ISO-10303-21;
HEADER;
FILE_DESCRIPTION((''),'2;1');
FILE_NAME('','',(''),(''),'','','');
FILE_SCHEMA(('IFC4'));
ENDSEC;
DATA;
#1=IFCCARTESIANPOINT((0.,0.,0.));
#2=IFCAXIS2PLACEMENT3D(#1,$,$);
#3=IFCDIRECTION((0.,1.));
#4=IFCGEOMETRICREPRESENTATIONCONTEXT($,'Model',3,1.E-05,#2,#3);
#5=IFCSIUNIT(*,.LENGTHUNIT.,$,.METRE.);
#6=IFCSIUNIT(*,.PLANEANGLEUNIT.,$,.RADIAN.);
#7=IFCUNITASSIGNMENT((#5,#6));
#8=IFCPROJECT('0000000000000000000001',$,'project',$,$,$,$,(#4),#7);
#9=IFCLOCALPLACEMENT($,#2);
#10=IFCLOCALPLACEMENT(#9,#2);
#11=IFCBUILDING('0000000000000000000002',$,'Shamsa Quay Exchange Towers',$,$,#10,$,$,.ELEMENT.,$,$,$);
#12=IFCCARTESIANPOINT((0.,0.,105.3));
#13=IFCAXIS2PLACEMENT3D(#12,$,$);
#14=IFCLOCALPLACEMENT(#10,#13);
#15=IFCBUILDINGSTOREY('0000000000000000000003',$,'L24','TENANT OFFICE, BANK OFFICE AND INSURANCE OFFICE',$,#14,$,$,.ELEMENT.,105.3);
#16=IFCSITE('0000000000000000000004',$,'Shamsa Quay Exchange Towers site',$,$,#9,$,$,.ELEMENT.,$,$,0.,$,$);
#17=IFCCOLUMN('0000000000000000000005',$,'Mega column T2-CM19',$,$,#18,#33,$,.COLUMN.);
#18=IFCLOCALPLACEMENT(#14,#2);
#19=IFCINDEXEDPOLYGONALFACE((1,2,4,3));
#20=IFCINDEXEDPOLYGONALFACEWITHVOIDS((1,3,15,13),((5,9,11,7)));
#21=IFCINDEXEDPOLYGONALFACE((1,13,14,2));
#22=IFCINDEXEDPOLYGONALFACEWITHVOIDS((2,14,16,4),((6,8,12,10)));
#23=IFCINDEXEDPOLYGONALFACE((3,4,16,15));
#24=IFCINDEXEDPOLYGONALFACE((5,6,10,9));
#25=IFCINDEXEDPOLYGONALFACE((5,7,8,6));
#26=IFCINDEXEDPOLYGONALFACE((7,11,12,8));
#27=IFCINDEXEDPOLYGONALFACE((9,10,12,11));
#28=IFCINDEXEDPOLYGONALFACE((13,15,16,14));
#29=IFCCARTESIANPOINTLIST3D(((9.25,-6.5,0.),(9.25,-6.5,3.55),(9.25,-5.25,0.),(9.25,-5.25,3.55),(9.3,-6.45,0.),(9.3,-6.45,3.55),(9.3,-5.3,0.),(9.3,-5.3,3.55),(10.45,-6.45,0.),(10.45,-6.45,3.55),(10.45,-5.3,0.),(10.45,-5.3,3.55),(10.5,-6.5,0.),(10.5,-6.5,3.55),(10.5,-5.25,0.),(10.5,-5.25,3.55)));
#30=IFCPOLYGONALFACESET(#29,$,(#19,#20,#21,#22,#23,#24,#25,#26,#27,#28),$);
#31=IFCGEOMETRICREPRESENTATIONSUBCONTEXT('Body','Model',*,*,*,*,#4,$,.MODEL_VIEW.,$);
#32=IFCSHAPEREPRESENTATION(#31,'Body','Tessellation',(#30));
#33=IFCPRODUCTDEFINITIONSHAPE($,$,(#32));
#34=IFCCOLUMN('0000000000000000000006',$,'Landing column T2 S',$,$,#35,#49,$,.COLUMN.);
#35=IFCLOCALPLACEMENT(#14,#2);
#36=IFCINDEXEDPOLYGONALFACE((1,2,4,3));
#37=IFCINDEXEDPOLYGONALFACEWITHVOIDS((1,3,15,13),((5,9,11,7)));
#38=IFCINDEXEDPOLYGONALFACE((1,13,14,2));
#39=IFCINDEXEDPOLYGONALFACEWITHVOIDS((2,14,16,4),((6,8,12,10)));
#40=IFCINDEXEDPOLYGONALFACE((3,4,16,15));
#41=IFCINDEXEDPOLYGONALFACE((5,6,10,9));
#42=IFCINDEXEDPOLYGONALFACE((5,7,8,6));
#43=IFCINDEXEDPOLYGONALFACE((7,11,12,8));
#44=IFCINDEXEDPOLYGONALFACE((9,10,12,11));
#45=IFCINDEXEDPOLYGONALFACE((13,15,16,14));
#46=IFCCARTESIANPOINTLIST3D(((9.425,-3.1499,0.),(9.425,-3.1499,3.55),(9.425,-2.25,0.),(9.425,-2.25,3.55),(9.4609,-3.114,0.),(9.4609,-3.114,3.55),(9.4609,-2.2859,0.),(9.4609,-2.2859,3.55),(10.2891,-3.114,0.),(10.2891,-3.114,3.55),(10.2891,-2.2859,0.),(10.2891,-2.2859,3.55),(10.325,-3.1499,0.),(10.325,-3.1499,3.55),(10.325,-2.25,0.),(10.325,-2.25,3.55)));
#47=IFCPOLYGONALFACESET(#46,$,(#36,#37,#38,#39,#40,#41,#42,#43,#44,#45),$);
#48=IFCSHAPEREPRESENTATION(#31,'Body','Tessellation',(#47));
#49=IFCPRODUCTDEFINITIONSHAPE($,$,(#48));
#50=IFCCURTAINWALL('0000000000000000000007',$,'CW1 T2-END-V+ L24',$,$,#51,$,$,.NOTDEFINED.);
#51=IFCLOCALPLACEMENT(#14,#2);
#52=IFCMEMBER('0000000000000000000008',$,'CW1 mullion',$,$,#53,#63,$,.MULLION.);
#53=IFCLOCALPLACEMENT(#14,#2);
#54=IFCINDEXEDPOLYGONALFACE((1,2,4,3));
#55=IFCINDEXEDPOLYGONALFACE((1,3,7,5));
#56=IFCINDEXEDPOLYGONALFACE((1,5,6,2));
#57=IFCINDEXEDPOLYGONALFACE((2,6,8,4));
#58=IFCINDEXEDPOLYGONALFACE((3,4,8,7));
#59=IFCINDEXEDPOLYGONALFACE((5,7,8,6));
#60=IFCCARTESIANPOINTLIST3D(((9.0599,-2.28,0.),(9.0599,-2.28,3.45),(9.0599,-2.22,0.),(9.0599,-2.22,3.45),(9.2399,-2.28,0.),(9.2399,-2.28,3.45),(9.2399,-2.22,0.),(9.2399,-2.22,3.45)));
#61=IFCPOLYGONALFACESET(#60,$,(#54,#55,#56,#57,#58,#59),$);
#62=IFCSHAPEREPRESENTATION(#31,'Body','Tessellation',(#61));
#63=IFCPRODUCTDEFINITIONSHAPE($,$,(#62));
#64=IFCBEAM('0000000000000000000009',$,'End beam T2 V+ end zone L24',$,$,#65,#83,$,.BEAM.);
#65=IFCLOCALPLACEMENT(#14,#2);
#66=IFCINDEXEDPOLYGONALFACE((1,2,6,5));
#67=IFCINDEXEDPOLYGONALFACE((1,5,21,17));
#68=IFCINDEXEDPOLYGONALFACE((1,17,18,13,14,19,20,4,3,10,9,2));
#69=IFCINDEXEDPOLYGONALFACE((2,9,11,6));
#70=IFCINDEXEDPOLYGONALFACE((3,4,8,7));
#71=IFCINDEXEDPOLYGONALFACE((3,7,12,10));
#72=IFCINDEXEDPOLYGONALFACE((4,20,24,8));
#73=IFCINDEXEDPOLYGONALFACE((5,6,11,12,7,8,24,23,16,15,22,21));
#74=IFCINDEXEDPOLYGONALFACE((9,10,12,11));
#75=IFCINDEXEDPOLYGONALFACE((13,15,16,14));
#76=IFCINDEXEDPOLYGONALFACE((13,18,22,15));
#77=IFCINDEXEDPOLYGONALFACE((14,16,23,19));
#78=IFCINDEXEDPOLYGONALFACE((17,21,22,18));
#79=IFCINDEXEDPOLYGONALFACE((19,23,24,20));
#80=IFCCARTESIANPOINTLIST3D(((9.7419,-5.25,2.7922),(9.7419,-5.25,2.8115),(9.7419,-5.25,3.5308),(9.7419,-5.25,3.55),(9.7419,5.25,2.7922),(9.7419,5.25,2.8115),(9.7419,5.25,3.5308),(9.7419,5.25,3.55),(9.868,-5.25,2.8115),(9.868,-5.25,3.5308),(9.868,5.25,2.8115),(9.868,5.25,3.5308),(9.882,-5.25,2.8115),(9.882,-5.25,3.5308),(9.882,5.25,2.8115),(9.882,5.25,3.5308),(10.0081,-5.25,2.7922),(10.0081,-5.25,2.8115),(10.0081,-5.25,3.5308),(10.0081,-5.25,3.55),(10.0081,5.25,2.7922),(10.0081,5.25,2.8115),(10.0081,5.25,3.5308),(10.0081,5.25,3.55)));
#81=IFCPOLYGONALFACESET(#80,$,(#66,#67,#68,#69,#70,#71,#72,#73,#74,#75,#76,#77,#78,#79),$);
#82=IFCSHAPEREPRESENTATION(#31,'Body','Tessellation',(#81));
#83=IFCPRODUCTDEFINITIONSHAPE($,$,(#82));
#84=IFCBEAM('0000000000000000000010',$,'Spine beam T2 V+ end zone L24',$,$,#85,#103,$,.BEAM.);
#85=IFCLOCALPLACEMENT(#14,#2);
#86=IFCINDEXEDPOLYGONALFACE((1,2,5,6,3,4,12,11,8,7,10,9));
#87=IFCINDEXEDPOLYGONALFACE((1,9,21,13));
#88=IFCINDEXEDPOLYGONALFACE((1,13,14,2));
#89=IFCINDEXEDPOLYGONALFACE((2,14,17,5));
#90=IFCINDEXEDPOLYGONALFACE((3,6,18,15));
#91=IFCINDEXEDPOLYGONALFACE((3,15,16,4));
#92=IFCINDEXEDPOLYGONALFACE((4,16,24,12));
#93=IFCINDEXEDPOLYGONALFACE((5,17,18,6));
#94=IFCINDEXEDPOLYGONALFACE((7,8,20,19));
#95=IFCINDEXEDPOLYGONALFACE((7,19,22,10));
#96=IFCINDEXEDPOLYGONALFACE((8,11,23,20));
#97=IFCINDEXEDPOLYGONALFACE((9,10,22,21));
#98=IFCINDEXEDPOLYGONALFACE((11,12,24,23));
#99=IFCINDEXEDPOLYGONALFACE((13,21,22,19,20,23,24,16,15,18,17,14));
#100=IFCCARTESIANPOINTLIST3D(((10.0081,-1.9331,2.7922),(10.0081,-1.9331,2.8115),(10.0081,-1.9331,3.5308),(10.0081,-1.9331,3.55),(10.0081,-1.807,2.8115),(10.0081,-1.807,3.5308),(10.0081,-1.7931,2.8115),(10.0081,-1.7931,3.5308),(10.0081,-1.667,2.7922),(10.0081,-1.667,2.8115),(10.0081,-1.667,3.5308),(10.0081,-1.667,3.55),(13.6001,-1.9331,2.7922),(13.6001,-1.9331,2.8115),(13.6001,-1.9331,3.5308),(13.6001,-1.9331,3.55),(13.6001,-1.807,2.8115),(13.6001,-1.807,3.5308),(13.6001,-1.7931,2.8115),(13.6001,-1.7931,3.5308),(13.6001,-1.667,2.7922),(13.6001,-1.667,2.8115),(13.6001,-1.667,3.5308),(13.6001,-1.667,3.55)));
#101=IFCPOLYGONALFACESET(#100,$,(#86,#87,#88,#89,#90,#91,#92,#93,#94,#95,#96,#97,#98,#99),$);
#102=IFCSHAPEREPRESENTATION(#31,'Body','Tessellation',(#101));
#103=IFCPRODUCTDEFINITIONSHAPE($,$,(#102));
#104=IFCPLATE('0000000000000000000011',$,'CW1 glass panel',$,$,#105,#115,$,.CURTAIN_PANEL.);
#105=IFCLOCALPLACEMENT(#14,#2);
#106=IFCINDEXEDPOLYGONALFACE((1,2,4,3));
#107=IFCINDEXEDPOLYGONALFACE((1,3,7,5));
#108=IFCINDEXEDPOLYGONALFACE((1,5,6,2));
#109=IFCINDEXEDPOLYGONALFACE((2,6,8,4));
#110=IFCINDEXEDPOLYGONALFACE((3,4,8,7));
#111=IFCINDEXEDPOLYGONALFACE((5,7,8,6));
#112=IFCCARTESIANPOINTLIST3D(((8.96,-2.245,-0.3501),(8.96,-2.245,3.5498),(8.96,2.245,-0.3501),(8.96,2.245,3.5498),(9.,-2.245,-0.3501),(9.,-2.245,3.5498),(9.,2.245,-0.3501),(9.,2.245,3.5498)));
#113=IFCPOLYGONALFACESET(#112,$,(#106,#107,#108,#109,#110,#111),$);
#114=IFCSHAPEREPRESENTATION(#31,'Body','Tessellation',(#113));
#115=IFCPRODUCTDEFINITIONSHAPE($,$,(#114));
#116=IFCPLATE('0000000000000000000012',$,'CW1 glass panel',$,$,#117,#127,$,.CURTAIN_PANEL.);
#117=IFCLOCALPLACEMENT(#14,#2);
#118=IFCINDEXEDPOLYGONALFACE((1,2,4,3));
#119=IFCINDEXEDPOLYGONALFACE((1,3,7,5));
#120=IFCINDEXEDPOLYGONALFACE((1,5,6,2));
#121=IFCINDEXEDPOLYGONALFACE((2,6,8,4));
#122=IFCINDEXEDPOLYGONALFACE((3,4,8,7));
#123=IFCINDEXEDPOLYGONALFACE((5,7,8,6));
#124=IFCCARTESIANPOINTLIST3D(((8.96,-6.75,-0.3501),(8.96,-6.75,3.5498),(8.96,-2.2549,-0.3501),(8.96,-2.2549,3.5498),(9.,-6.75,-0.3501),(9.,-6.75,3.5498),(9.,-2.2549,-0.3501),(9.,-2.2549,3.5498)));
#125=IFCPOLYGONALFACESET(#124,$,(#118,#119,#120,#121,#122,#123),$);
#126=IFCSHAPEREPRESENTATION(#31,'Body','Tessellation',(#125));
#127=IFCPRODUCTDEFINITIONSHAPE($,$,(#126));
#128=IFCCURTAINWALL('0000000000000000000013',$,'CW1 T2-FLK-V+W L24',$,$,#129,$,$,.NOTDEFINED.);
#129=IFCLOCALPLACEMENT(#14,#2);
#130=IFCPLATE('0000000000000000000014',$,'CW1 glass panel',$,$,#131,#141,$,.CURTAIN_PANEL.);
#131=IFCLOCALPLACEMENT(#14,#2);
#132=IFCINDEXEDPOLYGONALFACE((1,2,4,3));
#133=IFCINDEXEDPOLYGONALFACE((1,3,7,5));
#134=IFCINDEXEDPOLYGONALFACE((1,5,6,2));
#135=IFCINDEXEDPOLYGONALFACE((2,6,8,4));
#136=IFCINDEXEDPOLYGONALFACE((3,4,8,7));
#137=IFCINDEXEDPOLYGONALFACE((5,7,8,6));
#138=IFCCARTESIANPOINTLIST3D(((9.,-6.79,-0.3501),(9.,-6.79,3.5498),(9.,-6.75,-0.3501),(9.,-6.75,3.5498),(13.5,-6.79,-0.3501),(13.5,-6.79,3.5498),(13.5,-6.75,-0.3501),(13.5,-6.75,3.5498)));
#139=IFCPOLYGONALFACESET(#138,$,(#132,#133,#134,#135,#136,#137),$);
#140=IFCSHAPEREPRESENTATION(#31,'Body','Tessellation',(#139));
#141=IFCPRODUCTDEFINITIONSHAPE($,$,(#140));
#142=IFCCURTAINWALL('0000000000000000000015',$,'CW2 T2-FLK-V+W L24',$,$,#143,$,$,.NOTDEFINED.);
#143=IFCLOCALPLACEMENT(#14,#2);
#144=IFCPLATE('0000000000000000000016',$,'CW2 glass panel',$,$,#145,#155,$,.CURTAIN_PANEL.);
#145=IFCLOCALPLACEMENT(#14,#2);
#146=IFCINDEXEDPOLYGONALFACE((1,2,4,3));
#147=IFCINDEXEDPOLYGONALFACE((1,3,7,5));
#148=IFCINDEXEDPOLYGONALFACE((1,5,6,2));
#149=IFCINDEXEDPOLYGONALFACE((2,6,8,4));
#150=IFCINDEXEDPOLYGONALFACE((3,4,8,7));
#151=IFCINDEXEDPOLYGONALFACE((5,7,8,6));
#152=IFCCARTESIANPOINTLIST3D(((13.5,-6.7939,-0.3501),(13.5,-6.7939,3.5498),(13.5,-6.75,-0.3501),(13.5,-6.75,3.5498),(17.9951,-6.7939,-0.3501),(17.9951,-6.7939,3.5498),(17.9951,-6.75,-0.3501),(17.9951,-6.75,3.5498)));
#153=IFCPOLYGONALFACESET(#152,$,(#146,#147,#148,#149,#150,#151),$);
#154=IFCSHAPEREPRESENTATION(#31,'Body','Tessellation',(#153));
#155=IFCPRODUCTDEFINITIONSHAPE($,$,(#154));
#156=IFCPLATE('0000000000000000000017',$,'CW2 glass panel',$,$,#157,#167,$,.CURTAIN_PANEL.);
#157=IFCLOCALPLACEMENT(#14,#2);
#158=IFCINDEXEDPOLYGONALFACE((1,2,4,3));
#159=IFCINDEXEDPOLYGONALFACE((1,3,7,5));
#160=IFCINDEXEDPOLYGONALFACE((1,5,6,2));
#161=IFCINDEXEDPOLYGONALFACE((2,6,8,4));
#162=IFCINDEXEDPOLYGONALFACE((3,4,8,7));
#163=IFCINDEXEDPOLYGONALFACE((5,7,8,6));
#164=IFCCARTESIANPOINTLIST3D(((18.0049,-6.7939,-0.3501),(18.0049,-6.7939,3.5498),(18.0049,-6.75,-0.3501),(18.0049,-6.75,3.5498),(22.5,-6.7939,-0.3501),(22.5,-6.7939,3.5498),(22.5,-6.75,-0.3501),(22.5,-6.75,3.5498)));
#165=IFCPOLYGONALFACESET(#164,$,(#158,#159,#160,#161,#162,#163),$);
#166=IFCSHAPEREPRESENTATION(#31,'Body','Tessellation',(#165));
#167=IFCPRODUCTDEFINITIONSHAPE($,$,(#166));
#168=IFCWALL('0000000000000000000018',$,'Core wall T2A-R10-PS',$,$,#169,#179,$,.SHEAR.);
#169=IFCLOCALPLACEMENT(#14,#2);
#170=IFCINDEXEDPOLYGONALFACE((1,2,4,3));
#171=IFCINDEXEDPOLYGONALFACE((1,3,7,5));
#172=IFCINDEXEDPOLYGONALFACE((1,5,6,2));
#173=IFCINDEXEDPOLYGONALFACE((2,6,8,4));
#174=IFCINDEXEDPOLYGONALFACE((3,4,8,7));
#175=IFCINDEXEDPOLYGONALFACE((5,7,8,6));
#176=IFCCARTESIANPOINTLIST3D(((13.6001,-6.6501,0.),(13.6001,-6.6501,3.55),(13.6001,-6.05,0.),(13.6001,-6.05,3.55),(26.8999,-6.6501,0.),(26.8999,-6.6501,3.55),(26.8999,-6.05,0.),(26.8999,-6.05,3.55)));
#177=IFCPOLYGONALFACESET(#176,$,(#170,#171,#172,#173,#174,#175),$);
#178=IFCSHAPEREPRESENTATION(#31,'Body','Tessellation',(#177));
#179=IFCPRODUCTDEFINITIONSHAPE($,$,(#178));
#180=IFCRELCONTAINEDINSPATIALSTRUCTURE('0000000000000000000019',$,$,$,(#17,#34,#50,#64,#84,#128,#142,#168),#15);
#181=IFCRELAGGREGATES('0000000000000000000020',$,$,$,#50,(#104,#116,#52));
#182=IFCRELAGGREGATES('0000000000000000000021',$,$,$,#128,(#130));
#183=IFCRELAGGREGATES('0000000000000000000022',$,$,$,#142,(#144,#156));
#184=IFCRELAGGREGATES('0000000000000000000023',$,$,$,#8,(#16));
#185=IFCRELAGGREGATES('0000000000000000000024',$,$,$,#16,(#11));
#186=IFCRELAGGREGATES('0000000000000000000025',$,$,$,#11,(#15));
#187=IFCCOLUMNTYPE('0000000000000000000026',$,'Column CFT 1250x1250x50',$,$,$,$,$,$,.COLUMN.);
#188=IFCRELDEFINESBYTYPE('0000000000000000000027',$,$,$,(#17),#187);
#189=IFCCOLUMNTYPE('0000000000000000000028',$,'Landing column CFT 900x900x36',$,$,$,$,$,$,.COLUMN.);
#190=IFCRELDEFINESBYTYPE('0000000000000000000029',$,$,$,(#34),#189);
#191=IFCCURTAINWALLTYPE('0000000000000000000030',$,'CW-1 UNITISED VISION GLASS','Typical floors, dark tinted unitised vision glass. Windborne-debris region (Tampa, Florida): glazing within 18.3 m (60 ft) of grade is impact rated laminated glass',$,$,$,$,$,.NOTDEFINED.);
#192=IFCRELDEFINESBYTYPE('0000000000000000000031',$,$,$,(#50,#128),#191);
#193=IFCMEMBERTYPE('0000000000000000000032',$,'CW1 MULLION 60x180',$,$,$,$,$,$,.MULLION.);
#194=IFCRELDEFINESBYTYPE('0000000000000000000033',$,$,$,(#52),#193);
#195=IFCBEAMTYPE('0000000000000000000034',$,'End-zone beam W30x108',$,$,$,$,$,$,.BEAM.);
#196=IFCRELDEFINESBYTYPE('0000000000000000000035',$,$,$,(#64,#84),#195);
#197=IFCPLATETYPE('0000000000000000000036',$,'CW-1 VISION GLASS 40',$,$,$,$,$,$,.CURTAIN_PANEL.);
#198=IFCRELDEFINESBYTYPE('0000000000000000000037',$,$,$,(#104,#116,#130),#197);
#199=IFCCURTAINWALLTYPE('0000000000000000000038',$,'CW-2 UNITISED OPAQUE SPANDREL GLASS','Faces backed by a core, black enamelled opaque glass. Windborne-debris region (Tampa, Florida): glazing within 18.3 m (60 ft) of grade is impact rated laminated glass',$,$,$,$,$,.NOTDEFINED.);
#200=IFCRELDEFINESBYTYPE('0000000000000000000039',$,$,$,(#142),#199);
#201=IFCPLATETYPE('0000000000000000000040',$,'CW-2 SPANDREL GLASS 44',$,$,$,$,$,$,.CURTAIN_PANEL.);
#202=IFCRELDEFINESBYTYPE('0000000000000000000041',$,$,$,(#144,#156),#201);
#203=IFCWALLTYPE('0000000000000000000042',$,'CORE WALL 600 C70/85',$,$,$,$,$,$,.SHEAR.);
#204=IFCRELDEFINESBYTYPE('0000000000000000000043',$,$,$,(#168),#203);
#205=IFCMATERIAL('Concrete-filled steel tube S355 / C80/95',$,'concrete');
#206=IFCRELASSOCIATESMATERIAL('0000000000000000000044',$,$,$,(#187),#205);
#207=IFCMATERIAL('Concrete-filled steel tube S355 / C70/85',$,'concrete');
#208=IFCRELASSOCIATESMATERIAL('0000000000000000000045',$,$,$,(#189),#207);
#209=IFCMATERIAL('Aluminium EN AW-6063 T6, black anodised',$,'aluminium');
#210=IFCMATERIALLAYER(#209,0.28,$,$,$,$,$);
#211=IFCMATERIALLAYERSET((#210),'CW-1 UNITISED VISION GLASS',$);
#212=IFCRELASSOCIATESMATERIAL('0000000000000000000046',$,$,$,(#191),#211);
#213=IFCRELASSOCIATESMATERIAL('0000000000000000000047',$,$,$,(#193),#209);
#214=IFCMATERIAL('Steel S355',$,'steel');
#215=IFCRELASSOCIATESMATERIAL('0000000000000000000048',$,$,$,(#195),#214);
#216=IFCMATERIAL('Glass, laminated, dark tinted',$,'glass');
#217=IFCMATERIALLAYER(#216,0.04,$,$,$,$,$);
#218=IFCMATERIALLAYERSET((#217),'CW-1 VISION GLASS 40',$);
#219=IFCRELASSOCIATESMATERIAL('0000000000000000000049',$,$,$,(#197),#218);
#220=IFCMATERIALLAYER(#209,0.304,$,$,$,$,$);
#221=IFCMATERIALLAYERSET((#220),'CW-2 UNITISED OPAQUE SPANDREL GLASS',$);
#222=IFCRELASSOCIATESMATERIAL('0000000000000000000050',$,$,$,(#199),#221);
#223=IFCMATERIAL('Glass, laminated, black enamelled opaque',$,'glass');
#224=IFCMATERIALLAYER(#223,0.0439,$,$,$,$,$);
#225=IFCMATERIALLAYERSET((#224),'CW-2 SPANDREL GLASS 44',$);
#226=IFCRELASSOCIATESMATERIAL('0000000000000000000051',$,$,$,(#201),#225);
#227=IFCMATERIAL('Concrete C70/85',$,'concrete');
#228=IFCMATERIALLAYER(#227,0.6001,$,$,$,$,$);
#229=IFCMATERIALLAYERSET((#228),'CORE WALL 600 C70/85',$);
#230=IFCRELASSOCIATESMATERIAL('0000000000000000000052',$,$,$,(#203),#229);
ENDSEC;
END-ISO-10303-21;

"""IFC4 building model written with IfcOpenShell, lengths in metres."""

from ifc_helpers import new_model, si_unit, direction, frame, frame_2d, origin, origin_2d, place, context, subcontext, project, spatial, rectangle, hollow_rectangle, i_section, extrude, material, layer, layer_set, material_profile, profile_set, type_object, element, aggregate, save


model = new_model("IFC4")

# Units and contexts
model_context = context("Model", 3, precision=1e-05, world=origin(), true_north=direction((0.0, 1.0)))
body_context = subcontext(model_context, "Body", "Model", "MODEL_VIEW")
ifc_project = project(units=[si_unit("LENGTHUNIT", "METRE"), si_unit("PLANEANGLEUNIT", "RADIAN")], contexts=[model_context])

# Site, building, storey
site_placement = place(None, origin())
site = spatial("IfcSite", under=ifc_project, at=site_placement, Name="Shamsa Quay Exchange Towers site", CompositionType="ELEMENT", RefElevation=0.0)
building_placement = place(site_placement, origin())
building = spatial("IfcBuilding", under=site, at=building_placement, Name="Shamsa Quay Exchange Towers", CompositionType="ELEMENT")
storey_placement = place(building_placement, frame((0.0, 0.0, 105.3)))
storey = spatial("IfcBuildingStorey", under=building, at=storey_placement, Name="L24", Description="TENANT OFFICE, BANK OFFICE AND INSURANCE OFFICE", CompositionType="ELEMENT", Elevation=105.3)

# Columns
ifc_material_1 = material(Name="Concrete-filled steel tube S355 / C80/95", Category="concrete")
ifc_material_profile_1 = material_profile(ifc_material_1, hollow_rectangle(XDim=1.25, YDim=1.25, WallThickness=0.05, at=origin_2d()), Name="CFT 1250x1250x50")
ifc_profile_set_1 = profile_set([ifc_material_profile_1], Name="Concrete-filled steel tube S355 / C80/95")
column_type_1 = type_object("IfcColumnType", Name="Column CFT 1250x1250x50", PredefinedType="COLUMN", material=ifc_profile_set_1)
column_1_placement = place(storey_placement, frame((9.875, -5.875, 0.0)))
element("IfcColumn", 1, at=column_1_placement, inside=storey, type_object=column_type_1, Name="Mega column T2-CM19", PredefinedType="COLUMN", context=body_context, shape_type="SweptSolid", body=[
    extrude(hollow_rectangle(XDim=1.25, YDim=1.25, WallThickness=0.05, at=origin_2d()), origin(), (0.0, 0.0, 1.0), 3.55),
])
ifc_material_2 = material(Name="Concrete-filled steel tube S355 / C70/85", Category="concrete")
ifc_material_profile_2 = material_profile(ifc_material_2, hollow_rectangle(XDim=0.8999, YDim=0.8999, WallThickness=0.0359, at=origin_2d()), Name="CFT 900x900x36")
ifc_profile_set_2 = profile_set([ifc_material_profile_2], Name="Concrete-filled steel tube S355 / C70/85")
column_type_2 = type_object("IfcColumnType", Name="Landing column CFT 900x900x36", PredefinedType="COLUMN", material=ifc_profile_set_2)
column_2_placement = place(storey_placement, frame((9.875, -2.7, 0.0)))
element("IfcColumn", 2, at=column_2_placement, inside=storey, type_object=column_type_2, Name="Landing column T2 S", PredefinedType="COLUMN", context=body_context, shape_type="SweptSolid", body=[
    extrude(hollow_rectangle(XDim=0.8999, YDim=0.8999, WallThickness=0.0359, at=origin_2d()), origin(), (0.0, 0.0, 1.0), 3.55),
])

# Curtain wall, member
ifc_material_3 = material(Name="Aluminium EN AW-6063 T6, black anodised", Category="aluminium")
ifc_layer_1 = layer(ifc_material_3, 0.28)
ifc_layer_set_1 = layer_set([ifc_layer_1], Name="CW-1 UNITISED VISION GLASS")
curtain_wall_type_1 = type_object("IfcCurtainWallType", Name="CW-1 UNITISED VISION GLASS", Description="Typical floors, dark tinted unitised vision glass. Windborne-debris region (Tampa, Florida): glazing within 18.3 m (60 ft) of grade is impact rated laminated glass", PredefinedType="NOTDEFINED", material=ifc_layer_set_1)
curtain_wall_1_placement = place(storey_placement, origin())
curtain_wall_1 = element("IfcCurtainWall", 3, at=curtain_wall_1_placement, inside=storey, type_object=curtain_wall_type_1, Name="CW1 T2-END-V+ L24", PredefinedType="NOTDEFINED")
ifc_material_profile_3 = material_profile(ifc_material_3, rectangle(XDim=0.1799, YDim=0.0601, at=origin_2d()), Name="MU60x180")
ifc_profile_set_3 = profile_set([ifc_material_profile_3], Name="Aluminium EN AW-6063 T6, black anodised")
member_type = type_object("IfcMemberType", Name="CW1 MULLION 60x180", PredefinedType="MULLION", material=ifc_profile_set_3)
member_placement = place(storey_placement, frame((9.1499, -2.25, 0.0)))
member = element("IfcMember", 4, at=member_placement, type_object=member_type, Name="CW1 mullion", PredefinedType="MULLION", context=body_context, shape_type="SweptSolid", body=[
    extrude(rectangle(XDim=0.1799, YDim=0.0601, at=origin_2d()), origin(), (0.0, 0.0, 1.0), 3.45),
])

# Beams
ifc_material_4 = material(Name="Steel S355", Category="steel")
ifc_material_profile_4 = material_profile(ifc_material_4, i_section(OverallWidth=0.2661, OverallDepth=0.7578, WebThickness=0.0139, FlangeThickness=0.0193, at=origin_2d()), Name="W30x108")
ifc_profile_set_4 = profile_set([ifc_material_profile_4], Name="Steel S355")
beam_type = type_object("IfcBeamType", Name="End-zone beam W30x108", PredefinedType="BEAM", material=ifc_profile_set_4)
beam_1_placement = place(storey_placement, frame((9.875, -5.25, 3.1711), z_axis=(0.0, 1.0, 0.0), x_axis=(-1.0, 0.0, 0.0)))
element("IfcBeam", 5, at=beam_1_placement, inside=storey, type_object=beam_type, Name="End beam T2 V+ end zone L24", PredefinedType="BEAM", context=body_context, shape_type="SweptSolid", body=[
    extrude(i_section(OverallWidth=0.2661, OverallDepth=0.7578, WebThickness=0.0139, FlangeThickness=0.0193, at=origin_2d()), origin(), (0.0, 0.0, 1.0), 10.5),
])
beam_2_placement = place(storey_placement, frame((13.6001, -1.8, 3.1711), z_axis=(-1.0, 0.0, 0.0), x_axis=(0.0, -1.0, 0.0)))
element("IfcBeam", 6, at=beam_2_placement, inside=storey, type_object=beam_type, Name="Spine beam T2 V+ end zone L24", PredefinedType="BEAM", context=body_context, shape_type="SweptSolid", body=[
    extrude(i_section(OverallWidth=0.2661, OverallDepth=0.7578, WebThickness=0.0139, FlangeThickness=0.0193, at=origin_2d()), origin(), (0.0, 0.0, 1.0), 3.592),
])

# Plates
ifc_material_5 = material(Name="Glass, laminated, dark tinted", Category="glass")
ifc_layer_2 = layer(ifc_material_5, 0.04)
ifc_layer_set_2 = layer_set([ifc_layer_2], Name="CW-1 VISION GLASS 40")
plate_type_1 = type_object("IfcPlateType", Name="CW-1 VISION GLASS 40", PredefinedType="CURTAIN_PANEL", material=ifc_layer_set_2)
plate_1_placement = place(storey_placement, frame((8.98, 0.0, -0.3501), z_axis=(0.0, 0.0, 1.0), x_axis=(0.0, -1.0, 0.0)))
plate_1 = element("IfcPlate", 7, at=plate_1_placement, type_object=plate_type_1, Name="CW1 glass panel", PredefinedType="CURTAIN_PANEL", context=body_context, shape_type="SweptSolid", body=[
    extrude(rectangle(XDim=4.49, YDim=0.04, at=origin_2d()), origin(), (0.0, 0.0, 1.0), 3.8999),
])
plate_2_placement = place(storey_placement, frame((8.98, -4.5024, -0.3501), z_axis=(0.0, 0.0, 1.0), x_axis=(0.0, -1.0, 0.0)))
plate_2 = element("IfcPlate", 8, at=plate_2_placement, type_object=plate_type_1, Name="CW1 glass panel", PredefinedType="CURTAIN_PANEL", context=body_context, shape_type="SweptSolid", body=[
    extrude(rectangle(XDim=4.4951, YDim=0.04, at=origin_2d()), origin(), (0.0, 0.0, 1.0), 3.8999),
])
aggregate(curtain_wall_1, [plate_1, plate_2, member])

# Curtain wall, plate
curtain_wall_2_placement = place(storey_placement, origin())
curtain_wall_2 = element("IfcCurtainWall", 9, at=curtain_wall_2_placement, inside=storey, type_object=curtain_wall_type_1, Name="CW1 T2-FLK-V+W L24", PredefinedType="NOTDEFINED")
plate_3_placement = place(storey_placement, frame((11.25, -6.77, -0.3501)))
plate_3 = element("IfcPlate", 10, at=plate_3_placement, type_object=plate_type_1, Name="CW1 glass panel", PredefinedType="CURTAIN_PANEL", context=body_context, shape_type="SweptSolid", body=[
    extrude(rectangle(XDim=4.5, YDim=0.04, at=origin_2d()), origin(), (0.0, 0.0, 1.0), 3.8999),
])
aggregate(curtain_wall_2, [plate_3])

# Curtain wall, plates
ifc_layer_3 = layer(ifc_material_3, 0.304)
ifc_layer_set_3 = layer_set([ifc_layer_3], Name="CW-2 UNITISED OPAQUE SPANDREL GLASS")
curtain_wall_type_2 = type_object("IfcCurtainWallType", Name="CW-2 UNITISED OPAQUE SPANDREL GLASS", Description="Faces backed by a core, black enamelled opaque glass. Windborne-debris region (Tampa, Florida): glazing within 18.3 m (60 ft) of grade is impact rated laminated glass", PredefinedType="NOTDEFINED", material=ifc_layer_set_3)
curtain_wall_3_placement = place(storey_placement, origin())
curtain_wall_3 = element("IfcCurtainWall", 11, at=curtain_wall_3_placement, inside=storey, type_object=curtain_wall_type_2, Name="CW2 T2-FLK-V+W L24", PredefinedType="NOTDEFINED")
ifc_material_6 = material(Name="Glass, laminated, black enamelled opaque", Category="glass")
ifc_layer_4 = layer(ifc_material_6, 0.0439)
ifc_layer_set_4 = layer_set([ifc_layer_4], Name="CW-2 SPANDREL GLASS 44")
plate_type_2 = type_object("IfcPlateType", Name="CW-2 SPANDREL GLASS 44", PredefinedType="CURTAIN_PANEL", material=ifc_layer_set_4)
plate_4_placement = place(storey_placement, frame((15.7476, -6.772, -0.3501)))
plate_4 = element("IfcPlate", 12, at=plate_4_placement, type_object=plate_type_2, Name="CW2 glass panel", PredefinedType="CURTAIN_PANEL", context=body_context, shape_type="SweptSolid", body=[
    extrude(rectangle(XDim=4.4951, YDim=0.0439, at=origin_2d()), origin(), (0.0, 0.0, 1.0), 3.8999),
])
plate_5_placement = place(storey_placement, frame((20.2524, -6.772, -0.3501)))
plate_5 = element("IfcPlate", 13, at=plate_5_placement, type_object=plate_type_2, Name="CW2 glass panel", PredefinedType="CURTAIN_PANEL", context=body_context, shape_type="SweptSolid", body=[
    extrude(rectangle(XDim=4.4951, YDim=0.0439, at=origin_2d()), origin(), (0.0, 0.0, 1.0), 3.8999),
])
aggregate(curtain_wall_3, [plate_4, plate_5])

# Wall
ifc_material_7 = material(Name="Concrete C70/85", Category="concrete")
ifc_layer_5 = layer(ifc_material_7, 0.6001)
ifc_layer_set_5 = layer_set([ifc_layer_5], Name="CORE WALL 600 C70/85")
wall_type_1 = type_object("IfcWallType", Name="CORE WALL 600 C70/85", PredefinedType="SHEAR", material=ifc_layer_set_5)
wall_1_placement = place(storey_placement, frame((13.6001, -6.3501, 0.0)))
element("IfcWall", 14, at=wall_1_placement, inside=storey, type_object=wall_type_1, Name="Core wall T2A-R10-PS", PredefinedType="SHEAR", context=body_context, shape_type="SweptSolid", body=[
    extrude(rectangle(XDim=13.2998, YDim=0.6001, at=frame_2d((6.6499, 0.0))), origin(), (0.0, 0.0, 1.0), 3.55),
])

save(model, "model.ifc")
